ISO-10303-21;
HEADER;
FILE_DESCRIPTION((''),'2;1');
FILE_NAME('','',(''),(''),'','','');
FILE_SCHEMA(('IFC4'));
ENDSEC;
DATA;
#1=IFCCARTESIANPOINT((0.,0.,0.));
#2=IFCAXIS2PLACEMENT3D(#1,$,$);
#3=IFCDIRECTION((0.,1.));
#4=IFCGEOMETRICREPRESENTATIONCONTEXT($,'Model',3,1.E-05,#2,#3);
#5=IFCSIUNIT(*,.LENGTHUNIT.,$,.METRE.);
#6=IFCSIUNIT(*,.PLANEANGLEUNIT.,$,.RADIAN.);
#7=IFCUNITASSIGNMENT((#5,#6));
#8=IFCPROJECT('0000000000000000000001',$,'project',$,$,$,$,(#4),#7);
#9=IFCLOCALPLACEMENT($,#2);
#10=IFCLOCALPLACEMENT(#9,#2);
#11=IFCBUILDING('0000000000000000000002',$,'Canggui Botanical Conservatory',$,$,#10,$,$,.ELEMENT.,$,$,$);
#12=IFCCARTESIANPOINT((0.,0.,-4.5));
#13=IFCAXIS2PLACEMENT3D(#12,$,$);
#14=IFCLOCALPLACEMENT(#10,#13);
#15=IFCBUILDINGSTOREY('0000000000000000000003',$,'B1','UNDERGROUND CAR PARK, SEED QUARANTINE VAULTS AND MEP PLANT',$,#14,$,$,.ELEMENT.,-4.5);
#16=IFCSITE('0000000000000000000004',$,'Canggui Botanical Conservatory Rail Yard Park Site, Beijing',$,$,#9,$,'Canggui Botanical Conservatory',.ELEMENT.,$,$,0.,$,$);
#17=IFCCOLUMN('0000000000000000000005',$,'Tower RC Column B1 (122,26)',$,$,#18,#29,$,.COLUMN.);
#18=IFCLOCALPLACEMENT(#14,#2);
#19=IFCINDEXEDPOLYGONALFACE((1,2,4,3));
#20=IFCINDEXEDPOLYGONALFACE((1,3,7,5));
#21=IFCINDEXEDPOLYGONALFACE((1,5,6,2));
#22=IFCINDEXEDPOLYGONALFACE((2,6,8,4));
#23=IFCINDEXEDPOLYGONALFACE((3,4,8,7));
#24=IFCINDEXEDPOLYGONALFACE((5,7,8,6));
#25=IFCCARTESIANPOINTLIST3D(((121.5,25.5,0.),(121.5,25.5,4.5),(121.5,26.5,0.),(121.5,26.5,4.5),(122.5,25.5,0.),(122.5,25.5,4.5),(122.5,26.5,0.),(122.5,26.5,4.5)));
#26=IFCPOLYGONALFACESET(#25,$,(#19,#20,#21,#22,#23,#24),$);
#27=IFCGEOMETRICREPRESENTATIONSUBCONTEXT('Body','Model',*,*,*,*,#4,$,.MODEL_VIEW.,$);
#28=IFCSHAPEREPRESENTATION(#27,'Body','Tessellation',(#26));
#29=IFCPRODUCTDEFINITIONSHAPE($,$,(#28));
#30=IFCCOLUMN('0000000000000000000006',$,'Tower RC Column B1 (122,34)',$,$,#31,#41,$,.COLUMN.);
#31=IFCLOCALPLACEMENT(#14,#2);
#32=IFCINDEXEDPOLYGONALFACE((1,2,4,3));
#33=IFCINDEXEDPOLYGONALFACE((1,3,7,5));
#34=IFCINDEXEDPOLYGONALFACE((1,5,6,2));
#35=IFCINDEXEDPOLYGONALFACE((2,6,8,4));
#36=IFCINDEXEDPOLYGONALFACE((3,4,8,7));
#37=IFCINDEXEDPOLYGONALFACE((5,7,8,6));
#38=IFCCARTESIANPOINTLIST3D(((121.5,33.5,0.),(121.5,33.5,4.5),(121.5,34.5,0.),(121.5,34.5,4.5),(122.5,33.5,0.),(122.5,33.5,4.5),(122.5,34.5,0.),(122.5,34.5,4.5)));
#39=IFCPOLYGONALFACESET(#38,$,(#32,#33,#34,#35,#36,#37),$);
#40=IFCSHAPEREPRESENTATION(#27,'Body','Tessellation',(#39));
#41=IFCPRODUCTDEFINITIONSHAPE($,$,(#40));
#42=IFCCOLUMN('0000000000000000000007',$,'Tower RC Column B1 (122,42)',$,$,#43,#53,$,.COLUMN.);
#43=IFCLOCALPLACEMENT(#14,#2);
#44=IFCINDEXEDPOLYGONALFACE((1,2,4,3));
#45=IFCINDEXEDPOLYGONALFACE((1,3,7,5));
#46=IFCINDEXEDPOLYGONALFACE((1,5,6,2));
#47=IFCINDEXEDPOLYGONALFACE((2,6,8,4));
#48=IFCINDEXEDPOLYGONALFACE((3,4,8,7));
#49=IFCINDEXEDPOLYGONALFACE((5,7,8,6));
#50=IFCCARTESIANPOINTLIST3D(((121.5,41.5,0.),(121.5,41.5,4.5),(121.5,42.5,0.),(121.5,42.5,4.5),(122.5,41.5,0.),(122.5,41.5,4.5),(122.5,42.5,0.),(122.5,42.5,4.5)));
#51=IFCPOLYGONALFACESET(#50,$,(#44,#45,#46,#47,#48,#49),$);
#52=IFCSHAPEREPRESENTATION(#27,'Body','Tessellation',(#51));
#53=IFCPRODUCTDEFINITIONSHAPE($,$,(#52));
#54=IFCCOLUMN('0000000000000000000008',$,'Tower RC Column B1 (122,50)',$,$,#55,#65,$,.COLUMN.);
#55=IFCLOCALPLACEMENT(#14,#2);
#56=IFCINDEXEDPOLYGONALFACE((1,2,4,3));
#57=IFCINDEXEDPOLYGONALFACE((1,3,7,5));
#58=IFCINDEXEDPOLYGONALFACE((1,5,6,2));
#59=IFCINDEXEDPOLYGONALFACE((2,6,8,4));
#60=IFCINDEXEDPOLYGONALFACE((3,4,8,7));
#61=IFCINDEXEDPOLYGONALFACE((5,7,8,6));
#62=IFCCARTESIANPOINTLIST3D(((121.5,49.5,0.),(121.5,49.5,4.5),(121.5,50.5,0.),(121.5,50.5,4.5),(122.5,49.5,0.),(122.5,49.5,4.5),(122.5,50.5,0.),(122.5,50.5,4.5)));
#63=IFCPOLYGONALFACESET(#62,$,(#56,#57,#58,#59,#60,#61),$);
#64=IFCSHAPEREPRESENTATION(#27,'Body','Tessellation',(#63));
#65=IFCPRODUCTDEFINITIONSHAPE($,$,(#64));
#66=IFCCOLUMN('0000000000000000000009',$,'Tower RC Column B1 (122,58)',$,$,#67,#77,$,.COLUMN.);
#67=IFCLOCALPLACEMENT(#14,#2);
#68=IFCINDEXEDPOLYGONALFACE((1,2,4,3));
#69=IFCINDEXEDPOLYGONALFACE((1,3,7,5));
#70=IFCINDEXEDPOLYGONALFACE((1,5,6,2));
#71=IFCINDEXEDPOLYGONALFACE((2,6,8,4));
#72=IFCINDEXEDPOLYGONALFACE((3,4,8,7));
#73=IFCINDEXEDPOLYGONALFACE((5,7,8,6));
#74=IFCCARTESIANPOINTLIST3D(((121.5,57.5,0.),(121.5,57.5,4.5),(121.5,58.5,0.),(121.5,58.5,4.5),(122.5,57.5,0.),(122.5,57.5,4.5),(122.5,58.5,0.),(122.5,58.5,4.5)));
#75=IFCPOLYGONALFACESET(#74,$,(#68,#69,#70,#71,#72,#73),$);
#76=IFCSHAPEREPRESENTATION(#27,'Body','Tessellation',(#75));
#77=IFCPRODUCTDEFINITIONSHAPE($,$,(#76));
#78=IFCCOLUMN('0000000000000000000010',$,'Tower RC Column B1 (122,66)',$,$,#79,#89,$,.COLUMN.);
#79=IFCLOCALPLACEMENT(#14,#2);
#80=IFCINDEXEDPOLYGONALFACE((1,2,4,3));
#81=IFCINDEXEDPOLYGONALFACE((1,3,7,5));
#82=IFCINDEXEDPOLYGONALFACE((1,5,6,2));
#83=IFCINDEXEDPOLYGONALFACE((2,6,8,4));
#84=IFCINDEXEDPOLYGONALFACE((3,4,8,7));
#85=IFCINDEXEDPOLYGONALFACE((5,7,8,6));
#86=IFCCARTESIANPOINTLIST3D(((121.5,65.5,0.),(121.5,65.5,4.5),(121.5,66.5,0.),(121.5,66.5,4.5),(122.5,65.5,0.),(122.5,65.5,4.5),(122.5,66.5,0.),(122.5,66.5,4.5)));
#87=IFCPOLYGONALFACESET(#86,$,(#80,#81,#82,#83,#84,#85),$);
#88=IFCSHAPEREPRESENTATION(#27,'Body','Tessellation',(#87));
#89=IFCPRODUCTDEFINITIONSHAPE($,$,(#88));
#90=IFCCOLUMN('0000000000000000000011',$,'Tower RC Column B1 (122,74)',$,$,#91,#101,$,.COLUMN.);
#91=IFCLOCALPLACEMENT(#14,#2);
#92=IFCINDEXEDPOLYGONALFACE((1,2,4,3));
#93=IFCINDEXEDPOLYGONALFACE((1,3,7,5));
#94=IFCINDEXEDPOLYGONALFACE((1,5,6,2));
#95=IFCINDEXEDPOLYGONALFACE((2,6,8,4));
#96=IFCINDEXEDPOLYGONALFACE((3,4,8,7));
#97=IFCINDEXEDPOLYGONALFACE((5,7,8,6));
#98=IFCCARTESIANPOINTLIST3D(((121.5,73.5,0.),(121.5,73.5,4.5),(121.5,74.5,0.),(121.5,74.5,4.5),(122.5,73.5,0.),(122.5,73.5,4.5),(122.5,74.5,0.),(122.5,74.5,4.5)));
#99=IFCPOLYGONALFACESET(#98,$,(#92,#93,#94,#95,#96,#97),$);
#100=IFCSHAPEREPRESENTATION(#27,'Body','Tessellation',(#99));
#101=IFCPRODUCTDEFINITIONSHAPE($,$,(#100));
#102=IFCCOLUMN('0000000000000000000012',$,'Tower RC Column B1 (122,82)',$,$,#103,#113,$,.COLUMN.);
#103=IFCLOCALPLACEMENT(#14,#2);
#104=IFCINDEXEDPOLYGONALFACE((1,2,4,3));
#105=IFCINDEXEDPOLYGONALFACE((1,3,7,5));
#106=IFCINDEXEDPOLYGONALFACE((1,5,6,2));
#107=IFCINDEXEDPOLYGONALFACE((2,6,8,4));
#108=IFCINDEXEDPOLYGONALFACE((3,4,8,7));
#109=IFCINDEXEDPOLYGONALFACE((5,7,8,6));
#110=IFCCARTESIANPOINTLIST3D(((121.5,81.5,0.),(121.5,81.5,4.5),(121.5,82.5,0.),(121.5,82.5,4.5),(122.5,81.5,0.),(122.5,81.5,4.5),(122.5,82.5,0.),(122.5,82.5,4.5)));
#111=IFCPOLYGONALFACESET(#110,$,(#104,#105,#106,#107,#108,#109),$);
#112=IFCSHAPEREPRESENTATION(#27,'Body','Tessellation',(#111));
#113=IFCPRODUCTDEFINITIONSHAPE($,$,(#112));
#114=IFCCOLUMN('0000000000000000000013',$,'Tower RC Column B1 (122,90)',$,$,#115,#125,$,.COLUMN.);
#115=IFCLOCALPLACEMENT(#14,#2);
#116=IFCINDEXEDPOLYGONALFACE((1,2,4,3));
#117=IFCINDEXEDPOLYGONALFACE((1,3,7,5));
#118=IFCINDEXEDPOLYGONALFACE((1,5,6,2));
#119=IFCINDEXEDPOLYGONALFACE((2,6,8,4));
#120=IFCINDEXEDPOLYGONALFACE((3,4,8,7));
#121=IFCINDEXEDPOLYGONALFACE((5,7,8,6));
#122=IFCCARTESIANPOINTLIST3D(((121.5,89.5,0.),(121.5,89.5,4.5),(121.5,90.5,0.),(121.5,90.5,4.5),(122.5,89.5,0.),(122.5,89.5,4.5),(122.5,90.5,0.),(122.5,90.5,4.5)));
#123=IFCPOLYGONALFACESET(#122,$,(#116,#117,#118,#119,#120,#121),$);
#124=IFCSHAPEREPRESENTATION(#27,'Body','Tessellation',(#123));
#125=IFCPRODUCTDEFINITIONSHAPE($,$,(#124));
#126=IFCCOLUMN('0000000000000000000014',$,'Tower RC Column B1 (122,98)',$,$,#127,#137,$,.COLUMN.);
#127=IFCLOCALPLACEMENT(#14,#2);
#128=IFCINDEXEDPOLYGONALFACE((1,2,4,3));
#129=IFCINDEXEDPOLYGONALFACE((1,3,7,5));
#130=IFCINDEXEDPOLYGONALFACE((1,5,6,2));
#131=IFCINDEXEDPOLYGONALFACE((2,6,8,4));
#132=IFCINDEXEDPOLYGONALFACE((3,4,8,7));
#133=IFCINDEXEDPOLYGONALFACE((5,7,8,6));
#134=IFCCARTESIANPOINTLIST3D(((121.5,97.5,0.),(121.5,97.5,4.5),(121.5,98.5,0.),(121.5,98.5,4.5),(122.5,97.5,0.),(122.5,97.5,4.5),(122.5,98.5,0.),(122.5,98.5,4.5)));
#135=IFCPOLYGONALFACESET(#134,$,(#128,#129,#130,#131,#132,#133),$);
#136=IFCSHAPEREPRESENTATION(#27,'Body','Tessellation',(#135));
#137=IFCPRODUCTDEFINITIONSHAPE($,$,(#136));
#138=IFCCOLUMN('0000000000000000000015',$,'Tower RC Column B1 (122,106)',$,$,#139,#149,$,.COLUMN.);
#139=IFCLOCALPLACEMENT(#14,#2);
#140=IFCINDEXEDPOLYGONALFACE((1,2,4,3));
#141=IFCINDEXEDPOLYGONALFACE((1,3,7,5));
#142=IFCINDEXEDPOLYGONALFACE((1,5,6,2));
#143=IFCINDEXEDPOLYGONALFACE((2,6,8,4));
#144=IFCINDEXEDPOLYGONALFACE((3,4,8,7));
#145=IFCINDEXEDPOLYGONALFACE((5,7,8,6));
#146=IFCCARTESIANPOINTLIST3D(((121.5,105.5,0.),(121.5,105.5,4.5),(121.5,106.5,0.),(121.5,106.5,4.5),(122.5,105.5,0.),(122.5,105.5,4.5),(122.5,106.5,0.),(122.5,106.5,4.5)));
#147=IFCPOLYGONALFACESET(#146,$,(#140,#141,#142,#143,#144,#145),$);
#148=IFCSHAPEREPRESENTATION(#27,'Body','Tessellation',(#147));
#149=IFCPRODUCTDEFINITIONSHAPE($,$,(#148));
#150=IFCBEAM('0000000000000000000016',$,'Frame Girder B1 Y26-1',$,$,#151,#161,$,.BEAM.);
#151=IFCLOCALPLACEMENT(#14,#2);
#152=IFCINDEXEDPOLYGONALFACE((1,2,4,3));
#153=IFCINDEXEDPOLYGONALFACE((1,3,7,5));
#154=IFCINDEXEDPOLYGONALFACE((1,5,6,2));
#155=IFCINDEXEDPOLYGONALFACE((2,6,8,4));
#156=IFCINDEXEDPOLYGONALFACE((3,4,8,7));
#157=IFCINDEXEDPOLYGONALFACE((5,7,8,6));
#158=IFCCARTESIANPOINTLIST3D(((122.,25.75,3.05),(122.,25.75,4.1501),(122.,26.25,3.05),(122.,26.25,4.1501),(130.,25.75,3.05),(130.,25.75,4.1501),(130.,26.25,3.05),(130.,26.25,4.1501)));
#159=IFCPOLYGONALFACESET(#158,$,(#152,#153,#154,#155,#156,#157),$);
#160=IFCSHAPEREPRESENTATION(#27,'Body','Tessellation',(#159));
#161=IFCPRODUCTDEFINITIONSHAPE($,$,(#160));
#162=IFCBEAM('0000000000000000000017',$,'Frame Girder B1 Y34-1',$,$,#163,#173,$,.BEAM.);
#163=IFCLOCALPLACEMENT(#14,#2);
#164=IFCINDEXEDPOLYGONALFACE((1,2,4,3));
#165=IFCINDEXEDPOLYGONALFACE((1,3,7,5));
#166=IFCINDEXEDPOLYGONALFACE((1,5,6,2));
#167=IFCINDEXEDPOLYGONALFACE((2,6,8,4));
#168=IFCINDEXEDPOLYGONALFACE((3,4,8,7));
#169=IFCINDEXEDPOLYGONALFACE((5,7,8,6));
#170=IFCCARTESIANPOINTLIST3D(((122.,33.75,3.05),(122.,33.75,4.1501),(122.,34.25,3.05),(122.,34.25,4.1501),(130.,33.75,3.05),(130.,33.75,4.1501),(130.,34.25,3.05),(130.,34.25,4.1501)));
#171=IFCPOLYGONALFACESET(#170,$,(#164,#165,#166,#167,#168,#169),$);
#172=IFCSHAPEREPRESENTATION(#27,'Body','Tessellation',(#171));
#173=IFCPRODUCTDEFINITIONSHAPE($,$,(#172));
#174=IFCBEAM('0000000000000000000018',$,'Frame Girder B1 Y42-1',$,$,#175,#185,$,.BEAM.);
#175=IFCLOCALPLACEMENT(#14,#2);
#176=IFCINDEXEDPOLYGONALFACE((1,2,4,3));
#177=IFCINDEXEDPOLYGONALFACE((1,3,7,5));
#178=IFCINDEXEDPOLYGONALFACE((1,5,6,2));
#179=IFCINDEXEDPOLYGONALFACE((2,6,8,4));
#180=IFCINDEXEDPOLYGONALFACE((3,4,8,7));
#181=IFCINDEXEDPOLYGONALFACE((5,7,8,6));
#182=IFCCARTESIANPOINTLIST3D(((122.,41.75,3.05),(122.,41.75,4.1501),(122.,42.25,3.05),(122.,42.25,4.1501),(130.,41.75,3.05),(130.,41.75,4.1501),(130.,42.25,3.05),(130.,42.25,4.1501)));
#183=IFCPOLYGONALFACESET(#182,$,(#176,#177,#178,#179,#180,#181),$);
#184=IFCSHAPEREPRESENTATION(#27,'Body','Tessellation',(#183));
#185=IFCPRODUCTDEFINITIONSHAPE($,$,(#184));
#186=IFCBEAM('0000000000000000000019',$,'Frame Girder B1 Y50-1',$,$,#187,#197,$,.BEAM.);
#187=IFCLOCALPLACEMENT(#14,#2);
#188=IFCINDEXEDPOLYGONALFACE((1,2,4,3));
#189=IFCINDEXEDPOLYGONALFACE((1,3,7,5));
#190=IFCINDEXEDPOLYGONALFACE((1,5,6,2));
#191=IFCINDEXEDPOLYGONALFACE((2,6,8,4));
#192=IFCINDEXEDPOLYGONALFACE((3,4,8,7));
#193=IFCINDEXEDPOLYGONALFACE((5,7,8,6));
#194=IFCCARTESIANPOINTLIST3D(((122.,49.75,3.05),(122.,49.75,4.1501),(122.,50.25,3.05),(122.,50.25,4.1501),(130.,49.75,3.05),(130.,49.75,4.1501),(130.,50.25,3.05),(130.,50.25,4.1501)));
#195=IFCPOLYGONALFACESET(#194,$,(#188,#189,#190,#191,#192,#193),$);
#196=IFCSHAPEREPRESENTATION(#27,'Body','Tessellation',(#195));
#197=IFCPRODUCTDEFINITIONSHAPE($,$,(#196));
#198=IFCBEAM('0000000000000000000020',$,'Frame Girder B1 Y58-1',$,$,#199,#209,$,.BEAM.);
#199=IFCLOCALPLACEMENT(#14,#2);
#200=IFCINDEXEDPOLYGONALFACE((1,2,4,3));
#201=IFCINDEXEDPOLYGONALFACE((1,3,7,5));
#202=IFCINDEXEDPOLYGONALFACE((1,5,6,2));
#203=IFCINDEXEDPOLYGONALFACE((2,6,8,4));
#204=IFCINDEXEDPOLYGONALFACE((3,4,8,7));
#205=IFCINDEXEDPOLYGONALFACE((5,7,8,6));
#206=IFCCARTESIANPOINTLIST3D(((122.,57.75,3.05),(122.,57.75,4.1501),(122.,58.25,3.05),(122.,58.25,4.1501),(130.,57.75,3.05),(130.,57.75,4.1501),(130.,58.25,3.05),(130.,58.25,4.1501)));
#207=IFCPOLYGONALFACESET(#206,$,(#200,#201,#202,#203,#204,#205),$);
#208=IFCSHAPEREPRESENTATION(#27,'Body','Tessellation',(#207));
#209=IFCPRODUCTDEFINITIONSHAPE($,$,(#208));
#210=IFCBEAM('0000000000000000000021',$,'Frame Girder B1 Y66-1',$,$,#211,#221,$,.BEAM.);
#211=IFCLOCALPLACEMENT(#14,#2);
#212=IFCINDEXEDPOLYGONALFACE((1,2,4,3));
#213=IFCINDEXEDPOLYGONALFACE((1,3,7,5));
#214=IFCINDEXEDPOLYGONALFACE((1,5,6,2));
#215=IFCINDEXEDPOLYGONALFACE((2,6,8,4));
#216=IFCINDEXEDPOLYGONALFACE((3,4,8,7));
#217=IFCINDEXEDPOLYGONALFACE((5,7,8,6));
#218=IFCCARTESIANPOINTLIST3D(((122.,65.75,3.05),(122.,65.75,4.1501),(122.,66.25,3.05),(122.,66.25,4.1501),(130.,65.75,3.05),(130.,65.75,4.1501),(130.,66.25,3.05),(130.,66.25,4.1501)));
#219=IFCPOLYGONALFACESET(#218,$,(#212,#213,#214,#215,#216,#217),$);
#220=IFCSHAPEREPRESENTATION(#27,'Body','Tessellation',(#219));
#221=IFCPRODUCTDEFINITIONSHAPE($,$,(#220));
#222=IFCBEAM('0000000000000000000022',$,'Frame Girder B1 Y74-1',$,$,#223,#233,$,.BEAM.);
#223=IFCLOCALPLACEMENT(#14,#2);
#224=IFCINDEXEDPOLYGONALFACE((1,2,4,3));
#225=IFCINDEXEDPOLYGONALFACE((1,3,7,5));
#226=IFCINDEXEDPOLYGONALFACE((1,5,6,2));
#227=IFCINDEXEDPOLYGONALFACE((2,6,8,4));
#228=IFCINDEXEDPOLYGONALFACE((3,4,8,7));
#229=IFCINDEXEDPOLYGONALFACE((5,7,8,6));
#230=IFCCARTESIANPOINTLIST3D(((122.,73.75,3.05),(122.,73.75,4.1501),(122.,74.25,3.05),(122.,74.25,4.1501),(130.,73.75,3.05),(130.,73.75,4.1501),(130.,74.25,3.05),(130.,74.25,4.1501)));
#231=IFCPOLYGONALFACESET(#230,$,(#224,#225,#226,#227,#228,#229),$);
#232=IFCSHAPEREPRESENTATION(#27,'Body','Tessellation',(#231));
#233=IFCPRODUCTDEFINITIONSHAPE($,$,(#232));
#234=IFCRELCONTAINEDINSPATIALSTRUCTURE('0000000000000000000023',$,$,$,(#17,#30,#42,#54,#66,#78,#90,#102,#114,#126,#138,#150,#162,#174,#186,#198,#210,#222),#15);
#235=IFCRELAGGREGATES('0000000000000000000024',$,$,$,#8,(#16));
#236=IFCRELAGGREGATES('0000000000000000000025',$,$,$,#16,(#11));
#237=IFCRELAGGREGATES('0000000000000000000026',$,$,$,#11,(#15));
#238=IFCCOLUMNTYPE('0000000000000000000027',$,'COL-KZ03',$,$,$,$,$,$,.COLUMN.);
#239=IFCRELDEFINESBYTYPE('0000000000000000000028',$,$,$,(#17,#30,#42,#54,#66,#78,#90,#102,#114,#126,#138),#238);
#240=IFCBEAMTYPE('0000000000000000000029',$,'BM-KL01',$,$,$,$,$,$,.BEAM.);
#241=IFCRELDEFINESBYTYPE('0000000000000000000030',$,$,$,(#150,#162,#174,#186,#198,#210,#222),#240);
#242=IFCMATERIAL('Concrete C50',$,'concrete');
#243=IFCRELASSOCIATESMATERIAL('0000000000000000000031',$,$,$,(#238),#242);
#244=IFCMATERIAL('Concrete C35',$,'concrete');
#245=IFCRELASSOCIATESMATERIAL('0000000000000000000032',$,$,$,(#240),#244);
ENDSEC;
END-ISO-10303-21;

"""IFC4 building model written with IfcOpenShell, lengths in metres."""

from ifc_helpers import new_model, si_unit, direction, frame, origin, origin_2d, place, context, subcontext, project, spatial, rectangle, extrude, material, material_profile, profile_set, type_object, element, save


model = new_model("IFC4")

# Units and contexts
model_context = context("Model", 3, precision=1e-05, world=origin(), true_north=direction((0.0, 1.0)))
body_context = subcontext(model_context, "Body", "Model", "MODEL_VIEW")
ifc_project = project(units=[si_unit("LENGTHUNIT", "METRE"), si_unit("PLANEANGLEUNIT", "RADIAN")], contexts=[model_context])

# Site, building, storey
site_placement = place(None, origin())
site = spatial("IfcSite", under=ifc_project, at=site_placement, Name="Canggui Botanical Conservatory Rail Yard Park Site, Beijing", LongName="Canggui Botanical Conservatory", CompositionType="ELEMENT", RefElevation=0.0)
building_placement = place(site_placement, origin())
building = spatial("IfcBuilding", under=site, at=building_placement, Name="Canggui Botanical Conservatory", CompositionType="ELEMENT")
storey_placement = place(building_placement, frame((0.0, 0.0, -4.5)))
storey = spatial("IfcBuildingStorey", under=building, at=storey_placement, Name="B1", Description="UNDERGROUND CAR PARK, SEED QUARANTINE VAULTS AND MEP PLANT", CompositionType="ELEMENT", Elevation=-4.5)

# Columns
ifc_material_1 = material(Name="Concrete C50", Category="concrete")
ifc_material_profile_1 = material_profile(ifc_material_1, rectangle(XDim=1.0, YDim=1.0, at=origin_2d()), Name="RC 1000x1000")
ifc_profile_set_1 = profile_set([ifc_material_profile_1], Name="Concrete C50")
column_type = type_object("IfcColumnType", Name="COL-KZ03", PredefinedType="COLUMN", material=ifc_profile_set_1)
for number, where, z_axis, x_axis, name in (
    (1, (122.0, 26.0, 0.0), (0.0, 0.0, 1.0), (1.0, 0.0, 0.0), "Tower RC Column B1 (122,26)"),
    (2, (122.0, 34.0, 0.0), (0.0, 0.0, 1.0), (1.0, 0.0, 0.0), "Tower RC Column B1 (122,34)"),
    (3, (122.0, 42.0, 0.0), (0.0, 0.0, 1.0), (1.0, 0.0, 0.0), "Tower RC Column B1 (122,42)"),
    (4, (122.0, 50.0, 0.0), (0.0, 0.0, 1.0), (1.0, 0.0, 0.0), "Tower RC Column B1 (122,50)"),
    (5, (122.0, 58.0, 0.0), (0.0, 0.0, 1.0), (1.0, 0.0, 0.0), "Tower RC Column B1 (122,58)"),
    (6, (122.0, 66.0, 0.0), (0.0, 0.0, 1.0), (1.0, 0.0, 0.0), "Tower RC Column B1 (122,66)"),
    (7, (122.0, 74.0, 0.0), (0.0, 0.0, 1.0), (1.0, 0.0, 0.0), "Tower RC Column B1 (122,74)"),
    (8, (122.0, 82.0, 0.0), (0.0, 0.0, 1.0), (1.0, 0.0, 0.0), "Tower RC Column B1 (122,82)"),
    (9, (122.0, 90.0, 0.0), (0.0, 0.0, 1.0), (1.0, 0.0, 0.0), "Tower RC Column B1 (122,90)"),
    (10, (122.0, 98.0, 0.0), (0.0, 0.0, 1.0), (1.0, 0.0, 0.0), "Tower RC Column B1 (122,98)"),
    (11, (122.0, 106.0, 0.0), (0.0, 0.0, 1.0), (1.0, 0.0, 0.0), "Tower RC Column B1 (122,106)"),
):
    element("IfcColumn", number, at=place(storey_placement, frame(where, z_axis=z_axis, x_axis=x_axis)), inside=storey, type_object=column_type, Name=name, PredefinedType="COLUMN", context=body_context, shape_type="SweptSolid", body=[
        extrude(rectangle(XDim=1.0, YDim=1.0, at=origin_2d()), origin(), (0.0, 0.0, 1.0), 4.5),
    ])

# Beams
ifc_material_2 = material(Name="Concrete C35", Category="concrete")
ifc_material_profile_2 = material_profile(ifc_material_2, rectangle(XDim=0.5, YDim=1.1001, at=origin_2d()), Name="RB 500x1100")
ifc_profile_set_2 = profile_set([ifc_material_profile_2], Name="Concrete C35")
beam_type = type_object("IfcBeamType", Name="BM-KL01", PredefinedType="BEAM", material=ifc_profile_set_2)
for number, where, z_axis, x_axis, name in (
    (12, (122.0, 26.0, 3.6001), (1.0, 0.0, 0.0), (0.0, 1.0, 0.0), "Frame Girder B1 Y26-1"),
    (13, (122.0, 34.0, 3.6001), (1.0, 0.0, 0.0), (0.0, 1.0, 0.0), "Frame Girder B1 Y34-1"),
    (14, (122.0, 42.0, 3.6001), (1.0, 0.0, 0.0), (0.0, 1.0, 0.0), "Frame Girder B1 Y42-1"),
    (15, (122.0, 50.0, 3.6001), (1.0, 0.0, 0.0), (0.0, 1.0, 0.0), "Frame Girder B1 Y50-1"),
    (16, (122.0, 58.0, 3.6001), (1.0, 0.0, 0.0), (0.0, 1.0, 0.0), "Frame Girder B1 Y58-1"),
    (17, (122.0, 66.0, 3.6001), (1.0, 0.0, 0.0), (0.0, 1.0, 0.0), "Frame Girder B1 Y66-1"),
    (18, (122.0, 74.0, 3.6001), (1.0, 0.0, 0.0), (0.0, 1.0, 0.0), "Frame Girder B1 Y74-1"),
):
    element("IfcBeam", number, at=place(storey_placement, frame(where, z_axis=z_axis, x_axis=x_axis)), inside=storey, type_object=beam_type, Name=name, PredefinedType="BEAM", context=body_context, shape_type="SweptSolid", body=[
        extrude(rectangle(XDim=0.5, YDim=1.1001, at=origin_2d()), origin(), (0.0, 0.0, 1.0), 8.0),
    ])

save(model, "model.ifc")
